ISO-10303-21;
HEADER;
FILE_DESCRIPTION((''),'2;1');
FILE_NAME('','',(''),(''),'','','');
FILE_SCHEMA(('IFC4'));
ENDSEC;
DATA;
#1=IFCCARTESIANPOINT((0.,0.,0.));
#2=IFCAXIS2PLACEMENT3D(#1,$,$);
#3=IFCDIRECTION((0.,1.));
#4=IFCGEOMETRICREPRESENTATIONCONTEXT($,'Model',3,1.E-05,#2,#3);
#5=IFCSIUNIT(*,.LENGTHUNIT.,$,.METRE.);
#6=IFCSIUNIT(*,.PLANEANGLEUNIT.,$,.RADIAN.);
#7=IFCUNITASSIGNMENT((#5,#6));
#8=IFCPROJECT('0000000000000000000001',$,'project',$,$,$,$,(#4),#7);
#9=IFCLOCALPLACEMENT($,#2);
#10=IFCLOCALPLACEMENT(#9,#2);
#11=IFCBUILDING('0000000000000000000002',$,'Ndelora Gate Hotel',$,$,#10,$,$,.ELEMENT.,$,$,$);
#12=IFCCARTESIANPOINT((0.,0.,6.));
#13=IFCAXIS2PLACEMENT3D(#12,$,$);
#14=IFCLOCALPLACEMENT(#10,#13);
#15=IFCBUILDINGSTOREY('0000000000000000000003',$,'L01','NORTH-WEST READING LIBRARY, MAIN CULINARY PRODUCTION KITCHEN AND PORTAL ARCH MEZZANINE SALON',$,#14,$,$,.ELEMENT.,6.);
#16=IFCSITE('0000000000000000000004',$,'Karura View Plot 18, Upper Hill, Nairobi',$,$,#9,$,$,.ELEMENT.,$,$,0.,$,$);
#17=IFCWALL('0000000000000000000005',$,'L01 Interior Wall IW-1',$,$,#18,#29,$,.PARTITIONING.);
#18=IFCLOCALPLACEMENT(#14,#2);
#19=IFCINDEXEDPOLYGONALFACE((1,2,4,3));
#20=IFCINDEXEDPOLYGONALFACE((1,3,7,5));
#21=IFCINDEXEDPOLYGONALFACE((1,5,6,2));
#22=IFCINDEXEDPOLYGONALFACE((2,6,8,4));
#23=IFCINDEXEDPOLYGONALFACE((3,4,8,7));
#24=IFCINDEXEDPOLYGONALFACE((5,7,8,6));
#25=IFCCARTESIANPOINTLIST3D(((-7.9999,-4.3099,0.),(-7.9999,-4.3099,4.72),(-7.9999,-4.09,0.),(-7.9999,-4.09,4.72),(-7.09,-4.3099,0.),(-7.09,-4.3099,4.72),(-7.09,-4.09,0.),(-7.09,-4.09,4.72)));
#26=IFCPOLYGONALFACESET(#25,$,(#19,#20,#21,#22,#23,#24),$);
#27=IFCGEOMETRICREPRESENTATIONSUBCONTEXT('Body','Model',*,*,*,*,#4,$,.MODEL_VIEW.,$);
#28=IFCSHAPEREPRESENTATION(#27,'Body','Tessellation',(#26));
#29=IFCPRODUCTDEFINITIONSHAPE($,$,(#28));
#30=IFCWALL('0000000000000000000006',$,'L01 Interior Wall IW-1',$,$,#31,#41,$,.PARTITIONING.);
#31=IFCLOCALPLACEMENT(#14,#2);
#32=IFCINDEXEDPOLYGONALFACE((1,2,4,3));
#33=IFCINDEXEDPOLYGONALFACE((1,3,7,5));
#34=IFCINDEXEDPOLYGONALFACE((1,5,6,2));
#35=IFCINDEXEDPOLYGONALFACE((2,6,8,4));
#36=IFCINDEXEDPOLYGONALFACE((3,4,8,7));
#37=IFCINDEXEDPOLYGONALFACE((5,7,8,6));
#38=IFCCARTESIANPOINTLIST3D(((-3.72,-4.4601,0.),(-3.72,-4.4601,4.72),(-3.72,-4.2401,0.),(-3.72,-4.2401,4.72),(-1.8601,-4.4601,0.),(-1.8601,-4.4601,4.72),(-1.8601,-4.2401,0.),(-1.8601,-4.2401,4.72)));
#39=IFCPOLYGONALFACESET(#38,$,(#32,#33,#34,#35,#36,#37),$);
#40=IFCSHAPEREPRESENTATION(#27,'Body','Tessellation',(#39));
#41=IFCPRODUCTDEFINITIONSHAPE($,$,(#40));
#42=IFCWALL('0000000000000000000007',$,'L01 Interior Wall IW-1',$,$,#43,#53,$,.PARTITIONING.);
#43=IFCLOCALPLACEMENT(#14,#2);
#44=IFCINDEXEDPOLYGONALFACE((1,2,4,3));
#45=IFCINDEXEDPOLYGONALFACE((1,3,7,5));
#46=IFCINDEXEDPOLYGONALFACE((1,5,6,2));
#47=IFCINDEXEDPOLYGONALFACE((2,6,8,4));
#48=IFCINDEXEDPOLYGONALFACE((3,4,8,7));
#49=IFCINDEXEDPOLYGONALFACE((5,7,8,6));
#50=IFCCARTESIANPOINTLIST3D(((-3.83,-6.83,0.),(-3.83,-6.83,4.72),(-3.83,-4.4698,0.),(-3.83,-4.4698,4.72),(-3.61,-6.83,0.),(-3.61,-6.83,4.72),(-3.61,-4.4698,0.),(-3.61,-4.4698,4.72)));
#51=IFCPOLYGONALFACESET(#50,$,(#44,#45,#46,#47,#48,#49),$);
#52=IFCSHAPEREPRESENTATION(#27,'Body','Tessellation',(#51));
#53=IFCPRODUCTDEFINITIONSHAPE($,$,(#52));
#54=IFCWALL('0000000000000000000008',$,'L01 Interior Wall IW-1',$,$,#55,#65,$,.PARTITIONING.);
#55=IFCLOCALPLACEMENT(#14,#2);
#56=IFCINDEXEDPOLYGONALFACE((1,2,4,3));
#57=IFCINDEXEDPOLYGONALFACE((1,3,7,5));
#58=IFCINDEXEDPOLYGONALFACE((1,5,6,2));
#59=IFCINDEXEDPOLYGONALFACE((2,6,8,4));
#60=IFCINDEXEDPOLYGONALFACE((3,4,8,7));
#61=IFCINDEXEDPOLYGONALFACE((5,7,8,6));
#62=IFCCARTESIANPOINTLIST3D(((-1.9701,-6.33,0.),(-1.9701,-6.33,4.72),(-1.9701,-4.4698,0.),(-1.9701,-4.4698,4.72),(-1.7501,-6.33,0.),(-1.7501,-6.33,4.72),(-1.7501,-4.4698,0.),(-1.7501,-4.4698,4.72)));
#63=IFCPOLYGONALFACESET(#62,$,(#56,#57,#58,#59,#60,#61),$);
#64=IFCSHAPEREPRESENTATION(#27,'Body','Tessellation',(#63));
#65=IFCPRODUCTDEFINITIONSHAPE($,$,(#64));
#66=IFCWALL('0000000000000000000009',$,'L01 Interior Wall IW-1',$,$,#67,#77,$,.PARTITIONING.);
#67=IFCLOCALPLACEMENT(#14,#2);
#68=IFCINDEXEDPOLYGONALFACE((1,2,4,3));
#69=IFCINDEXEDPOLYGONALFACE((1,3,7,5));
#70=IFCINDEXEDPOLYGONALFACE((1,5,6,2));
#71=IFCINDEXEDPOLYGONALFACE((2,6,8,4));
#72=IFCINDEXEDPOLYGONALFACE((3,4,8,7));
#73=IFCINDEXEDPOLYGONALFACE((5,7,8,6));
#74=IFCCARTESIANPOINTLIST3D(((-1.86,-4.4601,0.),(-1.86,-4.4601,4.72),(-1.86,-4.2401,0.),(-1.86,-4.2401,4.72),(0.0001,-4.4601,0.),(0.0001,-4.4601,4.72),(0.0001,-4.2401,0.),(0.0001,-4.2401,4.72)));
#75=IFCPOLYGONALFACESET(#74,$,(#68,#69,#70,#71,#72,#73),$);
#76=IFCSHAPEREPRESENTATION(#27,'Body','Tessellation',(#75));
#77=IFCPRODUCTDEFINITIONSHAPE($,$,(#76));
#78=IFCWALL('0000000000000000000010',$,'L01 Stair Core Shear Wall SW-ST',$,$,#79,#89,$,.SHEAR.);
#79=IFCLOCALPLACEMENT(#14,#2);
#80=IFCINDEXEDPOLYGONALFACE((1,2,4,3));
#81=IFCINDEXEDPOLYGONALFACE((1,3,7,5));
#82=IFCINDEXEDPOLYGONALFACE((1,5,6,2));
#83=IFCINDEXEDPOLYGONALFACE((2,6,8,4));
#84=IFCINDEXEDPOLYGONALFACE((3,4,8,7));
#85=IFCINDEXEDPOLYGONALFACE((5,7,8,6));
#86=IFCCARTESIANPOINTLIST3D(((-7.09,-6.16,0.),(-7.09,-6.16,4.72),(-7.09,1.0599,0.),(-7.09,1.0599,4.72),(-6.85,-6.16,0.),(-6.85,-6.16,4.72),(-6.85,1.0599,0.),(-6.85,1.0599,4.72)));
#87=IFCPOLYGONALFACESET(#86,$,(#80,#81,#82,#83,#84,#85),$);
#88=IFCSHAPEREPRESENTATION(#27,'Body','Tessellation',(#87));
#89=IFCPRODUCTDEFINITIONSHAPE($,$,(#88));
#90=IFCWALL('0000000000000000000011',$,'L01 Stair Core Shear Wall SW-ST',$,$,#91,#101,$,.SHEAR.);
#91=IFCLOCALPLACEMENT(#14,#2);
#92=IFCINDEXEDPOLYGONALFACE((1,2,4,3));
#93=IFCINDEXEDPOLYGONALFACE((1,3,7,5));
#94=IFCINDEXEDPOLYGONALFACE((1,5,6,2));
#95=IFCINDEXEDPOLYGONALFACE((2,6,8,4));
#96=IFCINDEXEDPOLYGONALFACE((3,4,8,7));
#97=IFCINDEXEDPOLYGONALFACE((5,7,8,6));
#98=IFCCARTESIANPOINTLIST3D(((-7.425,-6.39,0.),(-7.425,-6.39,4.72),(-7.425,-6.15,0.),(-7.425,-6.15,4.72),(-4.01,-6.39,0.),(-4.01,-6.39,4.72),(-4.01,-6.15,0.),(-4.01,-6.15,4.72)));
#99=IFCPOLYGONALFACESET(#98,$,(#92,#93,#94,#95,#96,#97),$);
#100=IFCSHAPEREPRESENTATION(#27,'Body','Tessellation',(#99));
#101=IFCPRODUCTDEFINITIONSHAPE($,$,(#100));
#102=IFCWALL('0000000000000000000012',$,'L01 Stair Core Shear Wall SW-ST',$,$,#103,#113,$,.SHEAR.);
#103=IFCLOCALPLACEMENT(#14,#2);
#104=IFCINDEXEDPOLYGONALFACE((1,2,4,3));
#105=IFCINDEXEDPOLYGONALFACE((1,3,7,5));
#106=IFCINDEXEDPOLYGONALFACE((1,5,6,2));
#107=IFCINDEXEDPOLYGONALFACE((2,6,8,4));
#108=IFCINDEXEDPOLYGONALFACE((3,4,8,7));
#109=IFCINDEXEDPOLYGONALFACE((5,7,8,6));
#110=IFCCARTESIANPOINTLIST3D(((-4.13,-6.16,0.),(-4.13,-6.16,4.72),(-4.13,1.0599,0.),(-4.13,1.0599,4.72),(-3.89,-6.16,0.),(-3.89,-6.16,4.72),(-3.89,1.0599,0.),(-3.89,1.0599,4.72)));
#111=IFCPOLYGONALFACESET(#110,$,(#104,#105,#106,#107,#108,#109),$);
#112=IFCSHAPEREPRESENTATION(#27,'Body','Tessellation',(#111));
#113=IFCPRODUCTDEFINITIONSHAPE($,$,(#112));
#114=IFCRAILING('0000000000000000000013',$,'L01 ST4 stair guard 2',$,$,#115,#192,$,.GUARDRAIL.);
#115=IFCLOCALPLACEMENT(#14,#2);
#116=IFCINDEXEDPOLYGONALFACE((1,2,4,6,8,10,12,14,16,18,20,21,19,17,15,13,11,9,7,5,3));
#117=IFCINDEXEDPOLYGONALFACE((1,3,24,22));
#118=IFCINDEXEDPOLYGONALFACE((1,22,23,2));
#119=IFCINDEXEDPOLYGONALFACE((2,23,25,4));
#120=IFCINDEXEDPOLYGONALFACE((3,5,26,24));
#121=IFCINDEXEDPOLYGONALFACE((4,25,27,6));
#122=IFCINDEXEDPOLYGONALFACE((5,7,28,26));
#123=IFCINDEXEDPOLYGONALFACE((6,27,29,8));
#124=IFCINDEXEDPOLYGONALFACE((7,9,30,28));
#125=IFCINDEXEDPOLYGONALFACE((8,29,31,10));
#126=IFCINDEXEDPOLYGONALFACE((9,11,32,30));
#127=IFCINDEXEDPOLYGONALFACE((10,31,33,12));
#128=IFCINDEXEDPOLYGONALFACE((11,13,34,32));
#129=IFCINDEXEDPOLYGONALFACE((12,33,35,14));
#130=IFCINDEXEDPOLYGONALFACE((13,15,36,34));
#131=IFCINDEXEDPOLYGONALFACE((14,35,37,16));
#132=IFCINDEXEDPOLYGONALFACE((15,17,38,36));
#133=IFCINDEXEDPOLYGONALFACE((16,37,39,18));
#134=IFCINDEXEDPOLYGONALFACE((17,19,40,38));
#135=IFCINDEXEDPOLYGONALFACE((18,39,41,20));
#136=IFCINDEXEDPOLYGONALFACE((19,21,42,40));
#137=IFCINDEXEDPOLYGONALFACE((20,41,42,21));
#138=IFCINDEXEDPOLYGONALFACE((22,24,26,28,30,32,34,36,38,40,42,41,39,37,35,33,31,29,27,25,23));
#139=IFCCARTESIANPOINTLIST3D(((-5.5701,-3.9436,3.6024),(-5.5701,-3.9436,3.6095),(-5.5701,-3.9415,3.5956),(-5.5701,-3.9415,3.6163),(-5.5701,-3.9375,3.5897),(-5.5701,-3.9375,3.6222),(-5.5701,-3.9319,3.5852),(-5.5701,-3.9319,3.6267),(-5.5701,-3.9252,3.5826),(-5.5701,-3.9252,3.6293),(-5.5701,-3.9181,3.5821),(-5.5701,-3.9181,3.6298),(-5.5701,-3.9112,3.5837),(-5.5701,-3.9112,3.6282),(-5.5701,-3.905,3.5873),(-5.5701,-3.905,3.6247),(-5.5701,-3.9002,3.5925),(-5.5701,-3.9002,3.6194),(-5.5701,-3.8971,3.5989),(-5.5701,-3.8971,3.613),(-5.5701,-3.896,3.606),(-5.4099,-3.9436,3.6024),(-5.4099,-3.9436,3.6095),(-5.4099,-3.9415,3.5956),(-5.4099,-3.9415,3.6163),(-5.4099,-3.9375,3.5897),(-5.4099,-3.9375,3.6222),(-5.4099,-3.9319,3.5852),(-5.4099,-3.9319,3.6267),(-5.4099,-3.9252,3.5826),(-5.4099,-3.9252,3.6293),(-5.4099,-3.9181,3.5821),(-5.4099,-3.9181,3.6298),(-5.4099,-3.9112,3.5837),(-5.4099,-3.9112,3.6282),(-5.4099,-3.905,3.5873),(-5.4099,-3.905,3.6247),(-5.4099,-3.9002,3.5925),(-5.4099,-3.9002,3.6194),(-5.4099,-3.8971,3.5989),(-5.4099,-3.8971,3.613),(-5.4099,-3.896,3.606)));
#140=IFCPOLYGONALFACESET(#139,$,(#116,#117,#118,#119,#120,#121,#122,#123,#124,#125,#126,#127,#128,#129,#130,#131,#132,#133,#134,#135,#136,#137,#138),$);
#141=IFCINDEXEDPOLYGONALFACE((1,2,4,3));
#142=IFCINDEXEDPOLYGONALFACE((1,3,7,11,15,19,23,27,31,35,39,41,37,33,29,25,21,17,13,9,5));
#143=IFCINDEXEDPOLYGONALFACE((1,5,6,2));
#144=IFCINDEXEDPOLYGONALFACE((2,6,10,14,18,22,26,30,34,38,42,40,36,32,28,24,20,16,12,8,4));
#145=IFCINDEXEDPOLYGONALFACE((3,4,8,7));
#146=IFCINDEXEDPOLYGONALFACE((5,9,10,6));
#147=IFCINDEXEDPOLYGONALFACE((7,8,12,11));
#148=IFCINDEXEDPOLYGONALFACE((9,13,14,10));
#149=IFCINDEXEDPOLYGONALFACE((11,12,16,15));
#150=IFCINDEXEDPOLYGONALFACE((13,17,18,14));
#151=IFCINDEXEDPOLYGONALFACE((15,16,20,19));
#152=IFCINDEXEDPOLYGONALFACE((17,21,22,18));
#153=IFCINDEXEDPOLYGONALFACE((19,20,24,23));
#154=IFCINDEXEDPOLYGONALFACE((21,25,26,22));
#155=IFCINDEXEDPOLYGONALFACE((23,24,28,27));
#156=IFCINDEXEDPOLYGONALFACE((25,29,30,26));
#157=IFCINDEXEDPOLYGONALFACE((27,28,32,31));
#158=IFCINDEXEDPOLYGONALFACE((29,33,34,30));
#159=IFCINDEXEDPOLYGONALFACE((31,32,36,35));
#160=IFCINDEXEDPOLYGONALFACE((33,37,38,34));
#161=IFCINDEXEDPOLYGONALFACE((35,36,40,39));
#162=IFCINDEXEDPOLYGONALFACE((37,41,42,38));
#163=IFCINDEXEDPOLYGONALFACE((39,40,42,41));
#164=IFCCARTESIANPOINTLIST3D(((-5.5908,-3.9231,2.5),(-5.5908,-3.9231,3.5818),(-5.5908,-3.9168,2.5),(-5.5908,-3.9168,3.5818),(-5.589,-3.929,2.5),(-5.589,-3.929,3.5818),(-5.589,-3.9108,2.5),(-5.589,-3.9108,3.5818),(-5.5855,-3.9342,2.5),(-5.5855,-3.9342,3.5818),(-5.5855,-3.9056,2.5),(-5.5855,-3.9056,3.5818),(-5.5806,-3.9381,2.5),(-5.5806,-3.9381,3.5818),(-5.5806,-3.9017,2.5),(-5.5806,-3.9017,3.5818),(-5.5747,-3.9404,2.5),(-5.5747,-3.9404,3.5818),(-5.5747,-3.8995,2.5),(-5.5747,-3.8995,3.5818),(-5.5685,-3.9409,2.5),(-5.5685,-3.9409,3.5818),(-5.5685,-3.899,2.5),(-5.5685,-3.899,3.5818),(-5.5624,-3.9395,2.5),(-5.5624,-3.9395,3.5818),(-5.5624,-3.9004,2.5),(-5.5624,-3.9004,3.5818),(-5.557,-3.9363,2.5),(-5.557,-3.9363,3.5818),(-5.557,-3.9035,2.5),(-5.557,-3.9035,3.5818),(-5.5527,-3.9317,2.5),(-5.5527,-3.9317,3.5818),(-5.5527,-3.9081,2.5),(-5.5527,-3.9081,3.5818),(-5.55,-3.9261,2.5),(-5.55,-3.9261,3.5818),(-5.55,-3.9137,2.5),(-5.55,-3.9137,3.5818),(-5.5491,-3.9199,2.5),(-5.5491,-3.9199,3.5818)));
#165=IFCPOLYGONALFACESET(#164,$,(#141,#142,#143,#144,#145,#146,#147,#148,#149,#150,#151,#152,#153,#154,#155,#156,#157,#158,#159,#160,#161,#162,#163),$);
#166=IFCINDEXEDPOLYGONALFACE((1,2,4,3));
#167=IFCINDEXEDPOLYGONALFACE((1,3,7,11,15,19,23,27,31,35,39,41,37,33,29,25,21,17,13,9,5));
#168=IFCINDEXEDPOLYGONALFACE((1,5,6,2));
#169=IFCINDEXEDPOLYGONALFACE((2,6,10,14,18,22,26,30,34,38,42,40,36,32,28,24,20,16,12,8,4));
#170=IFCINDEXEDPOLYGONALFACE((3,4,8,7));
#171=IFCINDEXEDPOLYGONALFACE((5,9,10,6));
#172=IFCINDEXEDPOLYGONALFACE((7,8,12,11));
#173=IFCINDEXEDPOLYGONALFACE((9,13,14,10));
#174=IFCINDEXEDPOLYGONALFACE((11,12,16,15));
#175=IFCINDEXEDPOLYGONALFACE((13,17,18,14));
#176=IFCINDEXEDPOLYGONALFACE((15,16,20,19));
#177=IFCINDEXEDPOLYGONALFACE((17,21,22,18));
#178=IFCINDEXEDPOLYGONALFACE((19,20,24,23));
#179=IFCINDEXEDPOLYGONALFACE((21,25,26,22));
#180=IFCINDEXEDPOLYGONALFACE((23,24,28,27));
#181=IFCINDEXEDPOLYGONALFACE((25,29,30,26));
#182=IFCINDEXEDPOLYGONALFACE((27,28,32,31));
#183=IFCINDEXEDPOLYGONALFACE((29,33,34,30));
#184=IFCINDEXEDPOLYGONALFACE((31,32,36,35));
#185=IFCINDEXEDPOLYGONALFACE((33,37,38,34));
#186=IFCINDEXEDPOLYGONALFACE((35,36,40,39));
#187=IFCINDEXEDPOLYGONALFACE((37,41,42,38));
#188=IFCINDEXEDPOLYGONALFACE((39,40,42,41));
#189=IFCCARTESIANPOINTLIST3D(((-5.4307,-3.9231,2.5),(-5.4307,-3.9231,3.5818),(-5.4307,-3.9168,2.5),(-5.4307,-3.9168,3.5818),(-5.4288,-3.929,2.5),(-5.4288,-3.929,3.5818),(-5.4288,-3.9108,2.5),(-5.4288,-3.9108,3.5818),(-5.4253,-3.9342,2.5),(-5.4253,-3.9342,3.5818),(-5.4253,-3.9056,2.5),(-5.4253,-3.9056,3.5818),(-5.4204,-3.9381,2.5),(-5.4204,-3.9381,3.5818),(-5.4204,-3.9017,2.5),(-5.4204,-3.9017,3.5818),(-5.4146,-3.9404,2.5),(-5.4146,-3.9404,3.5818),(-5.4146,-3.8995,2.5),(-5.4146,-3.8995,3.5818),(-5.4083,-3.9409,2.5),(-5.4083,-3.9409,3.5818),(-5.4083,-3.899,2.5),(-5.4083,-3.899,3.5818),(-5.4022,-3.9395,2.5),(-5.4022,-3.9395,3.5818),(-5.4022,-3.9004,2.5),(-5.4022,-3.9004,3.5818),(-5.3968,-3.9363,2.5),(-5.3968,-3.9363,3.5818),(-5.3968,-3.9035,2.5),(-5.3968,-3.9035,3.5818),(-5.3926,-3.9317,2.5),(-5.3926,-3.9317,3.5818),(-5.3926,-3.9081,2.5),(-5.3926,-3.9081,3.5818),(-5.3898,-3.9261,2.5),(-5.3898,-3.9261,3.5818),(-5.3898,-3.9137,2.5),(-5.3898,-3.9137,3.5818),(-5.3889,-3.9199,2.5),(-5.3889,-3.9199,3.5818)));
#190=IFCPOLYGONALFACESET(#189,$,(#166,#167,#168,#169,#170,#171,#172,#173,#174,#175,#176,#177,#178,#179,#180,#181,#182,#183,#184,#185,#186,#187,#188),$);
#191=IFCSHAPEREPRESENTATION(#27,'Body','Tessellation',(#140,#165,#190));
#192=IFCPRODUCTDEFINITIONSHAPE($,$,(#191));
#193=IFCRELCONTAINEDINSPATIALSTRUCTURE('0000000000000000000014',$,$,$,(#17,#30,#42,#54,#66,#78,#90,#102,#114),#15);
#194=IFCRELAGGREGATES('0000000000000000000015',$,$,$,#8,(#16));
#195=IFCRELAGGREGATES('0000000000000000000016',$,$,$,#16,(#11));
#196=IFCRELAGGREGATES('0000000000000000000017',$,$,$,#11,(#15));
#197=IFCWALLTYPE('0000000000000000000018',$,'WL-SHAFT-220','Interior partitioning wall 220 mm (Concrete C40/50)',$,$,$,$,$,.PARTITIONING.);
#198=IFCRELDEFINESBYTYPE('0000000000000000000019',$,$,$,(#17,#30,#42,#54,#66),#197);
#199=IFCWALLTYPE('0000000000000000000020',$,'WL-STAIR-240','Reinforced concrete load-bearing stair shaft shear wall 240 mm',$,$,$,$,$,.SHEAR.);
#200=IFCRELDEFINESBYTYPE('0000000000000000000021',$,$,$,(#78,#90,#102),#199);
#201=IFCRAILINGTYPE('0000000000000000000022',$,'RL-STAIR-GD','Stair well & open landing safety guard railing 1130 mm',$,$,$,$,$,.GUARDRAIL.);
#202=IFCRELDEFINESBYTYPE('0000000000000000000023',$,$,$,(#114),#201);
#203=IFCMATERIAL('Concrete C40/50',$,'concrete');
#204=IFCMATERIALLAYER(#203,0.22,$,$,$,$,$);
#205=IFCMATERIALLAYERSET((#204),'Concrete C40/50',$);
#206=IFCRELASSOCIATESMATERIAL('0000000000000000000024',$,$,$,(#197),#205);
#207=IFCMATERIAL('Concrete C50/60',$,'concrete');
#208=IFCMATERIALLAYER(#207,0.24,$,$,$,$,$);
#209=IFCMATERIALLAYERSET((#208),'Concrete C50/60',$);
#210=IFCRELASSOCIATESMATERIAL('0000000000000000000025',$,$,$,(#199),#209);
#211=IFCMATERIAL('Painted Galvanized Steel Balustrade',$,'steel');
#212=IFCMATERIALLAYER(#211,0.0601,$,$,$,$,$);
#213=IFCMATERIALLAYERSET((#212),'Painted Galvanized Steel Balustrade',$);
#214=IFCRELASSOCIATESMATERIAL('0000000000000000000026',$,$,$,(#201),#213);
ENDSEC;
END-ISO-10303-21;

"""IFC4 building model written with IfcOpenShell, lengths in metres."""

from ifc_helpers import new_model, si_unit, direction, frame, frame_2d, origin, origin_2d, place, context, subcontext, project, spatial, rectangle, circle, extrude, material, layer, layer_set, type_object, element, save


model = new_model("IFC4")

# Units and contexts
model_context = context("Model", 3, precision=1e-05, world=origin(), true_north=direction((0.0, 1.0)))
body_context = subcontext(model_context, "Body", "Model", "MODEL_VIEW")
ifc_project = project(units=[si_unit("LENGTHUNIT", "METRE"), si_unit("PLANEANGLEUNIT", "RADIAN")], contexts=[model_context])

# Site, building, storey
site_placement = place(None, origin())
site = spatial("IfcSite", under=ifc_project, at=site_placement, Name="Karura View Plot 18, Upper Hill, Nairobi", CompositionType="ELEMENT", RefElevation=0.0)
building_placement = place(site_placement, origin())
building = spatial("IfcBuilding", under=site, at=building_placement, Name="Ndelora Gate Hotel", CompositionType="ELEMENT")
storey_placement = place(building_placement, frame((0.0, 0.0, 6.0)))
storey = spatial("IfcBuildingStorey", under=building, at=storey_placement, Name="L01", Description="NORTH-WEST READING LIBRARY, MAIN CULINARY PRODUCTION KITCHEN AND PORTAL ARCH MEZZANINE SALON", CompositionType="ELEMENT", Elevation=6.0)

# Wall
ifc_material_1 = material(Name="Concrete C40/50", Category="concrete")
ifc_layer_1 = layer(ifc_material_1, 0.22)
ifc_layer_set_1 = layer_set([ifc_layer_1], Name="Concrete C40/50")
wall_type_1 = type_object("IfcWallType", Name="WL-SHAFT-220", Description="Interior partitioning wall 220 mm (Concrete C40/50)", PredefinedType="PARTITIONING", material=ifc_layer_set_1)
wall_1_placement = place(storey_placement, frame((-8.0, -4.2, 0.0), z_axis=(0.0, 0.0, 1.0), x_axis=(1.0, 0.0, 0.0)))
element("IfcWall", 1, at=wall_1_placement, inside=storey, type_object=wall_type_1, Name="L01 Interior Wall IW-1", PredefinedType="PARTITIONING", context=body_context, shape_type="SweptSolid", body=[
    extrude(rectangle(XDim=0.9099, YDim=0.22, at=frame_2d((0.4551, 0.0))), origin(), (0.0, 0.0, 1.0), 4.72),
])

# Walls
wall_2_placement = place(storey_placement, frame((-3.72, -4.3501, 0.0), z_axis=(0.0, 0.0, 1.0), x_axis=(1.0, 0.0, 0.0)))
element("IfcWall", 2, at=wall_2_placement, inside=storey, type_object=wall_type_1, Name="L01 Interior Wall IW-1", PredefinedType="PARTITIONING", context=body_context, shape_type="SweptSolid", body=[
    extrude(rectangle(XDim=1.8599, YDim=0.22, at=frame_2d((0.9299, 0.0))), origin(), (0.0, 0.0, 1.0), 4.72),
])
wall_3_placement = place(storey_placement, frame((-3.72, -6.8301, 0.0), z_axis=(0.0, 0.0, 1.0), x_axis=(0.0, 1.0, 0.0)))
element("IfcWall", 3, at=wall_3_placement, inside=storey, type_object=wall_type_1, Name="L01 Interior Wall IW-1", PredefinedType="PARTITIONING", context=body_context, shape_type="SweptSolid", body=[
    extrude(rectangle(XDim=2.3601, YDim=0.22, at=frame_2d((1.1802, 0.0))), origin(), (0.0, 0.0, 1.0), 4.72),
])
wall_4_placement = place(storey_placement, frame((-1.8601, -6.3301, 0.0), z_axis=(0.0, 0.0, 1.0), x_axis=(0.0, 1.0, 0.0)))
element("IfcWall", 4, at=wall_4_placement, inside=storey, type_object=wall_type_1, Name="L01 Interior Wall IW-1", PredefinedType="PARTITIONING", context=body_context, shape_type="SweptSolid", body=[
    extrude(rectangle(XDim=1.8601, YDim=0.22, at=frame_2d((0.9302, 0.0))), origin(), (0.0, 0.0, 1.0), 4.72),
])

# Walls
wall_5_placement = place(storey_placement, frame((-1.8601, -4.3501, 0.0), z_axis=(0.0, 0.0, 1.0), x_axis=(1.0, 0.0, 0.0)))
element("IfcWall", 5, at=wall_5_placement, inside=storey, type_object=wall_type_1, Name="L01 Interior Wall IW-1", PredefinedType="PARTITIONING", context=body_context, shape_type="SweptSolid", body=[
    extrude(rectangle(XDim=1.8601, YDim=0.22, at=frame_2d((0.9302, 0.0))), origin(), (0.0, 0.0, 1.0), 4.72),
])
ifc_material_2 = material(Name="Concrete C50/60", Category="concrete")
ifc_layer_2 = layer(ifc_material_2, 0.24)
ifc_layer_set_2 = layer_set([ifc_layer_2], Name="Concrete C50/60")
wall_type_2 = type_object("IfcWallType", Name="WL-STAIR-240", Description="Reinforced concrete load-bearing stair shaft shear wall 240 mm", PredefinedType="SHEAR", material=ifc_layer_set_2)
wall_6_placement = place(storey_placement, frame((-6.97, -6.1599, 0.0), z_axis=(0.0, 0.0, 1.0), x_axis=(0.0, 1.0, 0.0)))
element("IfcWall", 6, at=wall_6_placement, inside=storey, type_object=wall_type_2, Name="L01 Stair Core Shear Wall SW-ST", PredefinedType="SHEAR", context=body_context, shape_type="SweptSolid", body=[
    extrude(rectangle(XDim=7.22, YDim=0.24, at=frame_2d((3.6099, 0.0))), origin(), (0.0, 0.0, 1.0), 4.72),
])
wall_7_placement = place(storey_placement, frame((-7.425, -6.27, 0.0), z_axis=(0.0, 0.0, 1.0), x_axis=(1.0, 0.0, 0.0)))
element("IfcWall", 7, at=wall_7_placement, inside=storey, type_object=wall_type_2, Name="L01 Stair Core Shear Wall SW-ST", PredefinedType="SHEAR", context=body_context, shape_type="SweptSolid", body=[
    extrude(rectangle(XDim=3.415, YDim=0.24, at=frame_2d((1.7075, 0.0))), origin(), (0.0, 0.0, 1.0), 4.72),
])
wall_8_placement = place(storey_placement, frame((-4.01, -6.1599, 0.0), z_axis=(0.0, 0.0, 1.0), x_axis=(0.0, 1.0, 0.0)))
element("IfcWall", 8, at=wall_8_placement, inside=storey, type_object=wall_type_2, Name="L01 Stair Core Shear Wall SW-ST", PredefinedType="SHEAR", context=body_context, shape_type="SweptSolid", body=[
    extrude(rectangle(XDim=7.22, YDim=0.24, at=frame_2d((3.6099, 0.0))), origin(), (0.0, 0.0, 1.0), 4.72),
])

# Railing
ifc_material_3 = material(Name="Painted Galvanized Steel Balustrade", Category="steel")
ifc_layer_3 = layer(ifc_material_3, 0.0601)
ifc_layer_set_3 = layer_set([ifc_layer_3], Name="Painted Galvanized Steel Balustrade")
railing_type = type_object("IfcRailingType", Name="RL-STAIR-GD", Description="Stair well & open landing safety guard railing 1130 mm", PredefinedType="GUARDRAIL", material=ifc_layer_set_3)
railing_1_placement = place(storey_placement, frame((-5.5701, -3.9199, 2.5)))
element("IfcRailing", 9, at=railing_1_placement, inside=storey, type_object=railing_type, Name="L01 ST4 stair guard 2", PredefinedType="GUARDRAIL", context=body_context, shape_type="SweptSolid", body=[
    extrude(circle(Radius=0.0239, at=origin_2d()), frame((0.0, 0.0, 1.106), z_axis=(1.0, 0.0, 0.0), x_axis=(0.0, 1.0, 0.0)), (0.0, 0.0, 1.0), 0.1602),
    extrude(circle(Radius=0.021, at=origin_2d()), origin(), (0.0, 0.0, 1.0), 1.0818),
    extrude(circle(Radius=0.021, at=origin_2d()), frame((0.1602, 0.0, 0.0)), (0.0, 0.0, 1.0), 1.0818),
])

save(model, "model.ifc")
